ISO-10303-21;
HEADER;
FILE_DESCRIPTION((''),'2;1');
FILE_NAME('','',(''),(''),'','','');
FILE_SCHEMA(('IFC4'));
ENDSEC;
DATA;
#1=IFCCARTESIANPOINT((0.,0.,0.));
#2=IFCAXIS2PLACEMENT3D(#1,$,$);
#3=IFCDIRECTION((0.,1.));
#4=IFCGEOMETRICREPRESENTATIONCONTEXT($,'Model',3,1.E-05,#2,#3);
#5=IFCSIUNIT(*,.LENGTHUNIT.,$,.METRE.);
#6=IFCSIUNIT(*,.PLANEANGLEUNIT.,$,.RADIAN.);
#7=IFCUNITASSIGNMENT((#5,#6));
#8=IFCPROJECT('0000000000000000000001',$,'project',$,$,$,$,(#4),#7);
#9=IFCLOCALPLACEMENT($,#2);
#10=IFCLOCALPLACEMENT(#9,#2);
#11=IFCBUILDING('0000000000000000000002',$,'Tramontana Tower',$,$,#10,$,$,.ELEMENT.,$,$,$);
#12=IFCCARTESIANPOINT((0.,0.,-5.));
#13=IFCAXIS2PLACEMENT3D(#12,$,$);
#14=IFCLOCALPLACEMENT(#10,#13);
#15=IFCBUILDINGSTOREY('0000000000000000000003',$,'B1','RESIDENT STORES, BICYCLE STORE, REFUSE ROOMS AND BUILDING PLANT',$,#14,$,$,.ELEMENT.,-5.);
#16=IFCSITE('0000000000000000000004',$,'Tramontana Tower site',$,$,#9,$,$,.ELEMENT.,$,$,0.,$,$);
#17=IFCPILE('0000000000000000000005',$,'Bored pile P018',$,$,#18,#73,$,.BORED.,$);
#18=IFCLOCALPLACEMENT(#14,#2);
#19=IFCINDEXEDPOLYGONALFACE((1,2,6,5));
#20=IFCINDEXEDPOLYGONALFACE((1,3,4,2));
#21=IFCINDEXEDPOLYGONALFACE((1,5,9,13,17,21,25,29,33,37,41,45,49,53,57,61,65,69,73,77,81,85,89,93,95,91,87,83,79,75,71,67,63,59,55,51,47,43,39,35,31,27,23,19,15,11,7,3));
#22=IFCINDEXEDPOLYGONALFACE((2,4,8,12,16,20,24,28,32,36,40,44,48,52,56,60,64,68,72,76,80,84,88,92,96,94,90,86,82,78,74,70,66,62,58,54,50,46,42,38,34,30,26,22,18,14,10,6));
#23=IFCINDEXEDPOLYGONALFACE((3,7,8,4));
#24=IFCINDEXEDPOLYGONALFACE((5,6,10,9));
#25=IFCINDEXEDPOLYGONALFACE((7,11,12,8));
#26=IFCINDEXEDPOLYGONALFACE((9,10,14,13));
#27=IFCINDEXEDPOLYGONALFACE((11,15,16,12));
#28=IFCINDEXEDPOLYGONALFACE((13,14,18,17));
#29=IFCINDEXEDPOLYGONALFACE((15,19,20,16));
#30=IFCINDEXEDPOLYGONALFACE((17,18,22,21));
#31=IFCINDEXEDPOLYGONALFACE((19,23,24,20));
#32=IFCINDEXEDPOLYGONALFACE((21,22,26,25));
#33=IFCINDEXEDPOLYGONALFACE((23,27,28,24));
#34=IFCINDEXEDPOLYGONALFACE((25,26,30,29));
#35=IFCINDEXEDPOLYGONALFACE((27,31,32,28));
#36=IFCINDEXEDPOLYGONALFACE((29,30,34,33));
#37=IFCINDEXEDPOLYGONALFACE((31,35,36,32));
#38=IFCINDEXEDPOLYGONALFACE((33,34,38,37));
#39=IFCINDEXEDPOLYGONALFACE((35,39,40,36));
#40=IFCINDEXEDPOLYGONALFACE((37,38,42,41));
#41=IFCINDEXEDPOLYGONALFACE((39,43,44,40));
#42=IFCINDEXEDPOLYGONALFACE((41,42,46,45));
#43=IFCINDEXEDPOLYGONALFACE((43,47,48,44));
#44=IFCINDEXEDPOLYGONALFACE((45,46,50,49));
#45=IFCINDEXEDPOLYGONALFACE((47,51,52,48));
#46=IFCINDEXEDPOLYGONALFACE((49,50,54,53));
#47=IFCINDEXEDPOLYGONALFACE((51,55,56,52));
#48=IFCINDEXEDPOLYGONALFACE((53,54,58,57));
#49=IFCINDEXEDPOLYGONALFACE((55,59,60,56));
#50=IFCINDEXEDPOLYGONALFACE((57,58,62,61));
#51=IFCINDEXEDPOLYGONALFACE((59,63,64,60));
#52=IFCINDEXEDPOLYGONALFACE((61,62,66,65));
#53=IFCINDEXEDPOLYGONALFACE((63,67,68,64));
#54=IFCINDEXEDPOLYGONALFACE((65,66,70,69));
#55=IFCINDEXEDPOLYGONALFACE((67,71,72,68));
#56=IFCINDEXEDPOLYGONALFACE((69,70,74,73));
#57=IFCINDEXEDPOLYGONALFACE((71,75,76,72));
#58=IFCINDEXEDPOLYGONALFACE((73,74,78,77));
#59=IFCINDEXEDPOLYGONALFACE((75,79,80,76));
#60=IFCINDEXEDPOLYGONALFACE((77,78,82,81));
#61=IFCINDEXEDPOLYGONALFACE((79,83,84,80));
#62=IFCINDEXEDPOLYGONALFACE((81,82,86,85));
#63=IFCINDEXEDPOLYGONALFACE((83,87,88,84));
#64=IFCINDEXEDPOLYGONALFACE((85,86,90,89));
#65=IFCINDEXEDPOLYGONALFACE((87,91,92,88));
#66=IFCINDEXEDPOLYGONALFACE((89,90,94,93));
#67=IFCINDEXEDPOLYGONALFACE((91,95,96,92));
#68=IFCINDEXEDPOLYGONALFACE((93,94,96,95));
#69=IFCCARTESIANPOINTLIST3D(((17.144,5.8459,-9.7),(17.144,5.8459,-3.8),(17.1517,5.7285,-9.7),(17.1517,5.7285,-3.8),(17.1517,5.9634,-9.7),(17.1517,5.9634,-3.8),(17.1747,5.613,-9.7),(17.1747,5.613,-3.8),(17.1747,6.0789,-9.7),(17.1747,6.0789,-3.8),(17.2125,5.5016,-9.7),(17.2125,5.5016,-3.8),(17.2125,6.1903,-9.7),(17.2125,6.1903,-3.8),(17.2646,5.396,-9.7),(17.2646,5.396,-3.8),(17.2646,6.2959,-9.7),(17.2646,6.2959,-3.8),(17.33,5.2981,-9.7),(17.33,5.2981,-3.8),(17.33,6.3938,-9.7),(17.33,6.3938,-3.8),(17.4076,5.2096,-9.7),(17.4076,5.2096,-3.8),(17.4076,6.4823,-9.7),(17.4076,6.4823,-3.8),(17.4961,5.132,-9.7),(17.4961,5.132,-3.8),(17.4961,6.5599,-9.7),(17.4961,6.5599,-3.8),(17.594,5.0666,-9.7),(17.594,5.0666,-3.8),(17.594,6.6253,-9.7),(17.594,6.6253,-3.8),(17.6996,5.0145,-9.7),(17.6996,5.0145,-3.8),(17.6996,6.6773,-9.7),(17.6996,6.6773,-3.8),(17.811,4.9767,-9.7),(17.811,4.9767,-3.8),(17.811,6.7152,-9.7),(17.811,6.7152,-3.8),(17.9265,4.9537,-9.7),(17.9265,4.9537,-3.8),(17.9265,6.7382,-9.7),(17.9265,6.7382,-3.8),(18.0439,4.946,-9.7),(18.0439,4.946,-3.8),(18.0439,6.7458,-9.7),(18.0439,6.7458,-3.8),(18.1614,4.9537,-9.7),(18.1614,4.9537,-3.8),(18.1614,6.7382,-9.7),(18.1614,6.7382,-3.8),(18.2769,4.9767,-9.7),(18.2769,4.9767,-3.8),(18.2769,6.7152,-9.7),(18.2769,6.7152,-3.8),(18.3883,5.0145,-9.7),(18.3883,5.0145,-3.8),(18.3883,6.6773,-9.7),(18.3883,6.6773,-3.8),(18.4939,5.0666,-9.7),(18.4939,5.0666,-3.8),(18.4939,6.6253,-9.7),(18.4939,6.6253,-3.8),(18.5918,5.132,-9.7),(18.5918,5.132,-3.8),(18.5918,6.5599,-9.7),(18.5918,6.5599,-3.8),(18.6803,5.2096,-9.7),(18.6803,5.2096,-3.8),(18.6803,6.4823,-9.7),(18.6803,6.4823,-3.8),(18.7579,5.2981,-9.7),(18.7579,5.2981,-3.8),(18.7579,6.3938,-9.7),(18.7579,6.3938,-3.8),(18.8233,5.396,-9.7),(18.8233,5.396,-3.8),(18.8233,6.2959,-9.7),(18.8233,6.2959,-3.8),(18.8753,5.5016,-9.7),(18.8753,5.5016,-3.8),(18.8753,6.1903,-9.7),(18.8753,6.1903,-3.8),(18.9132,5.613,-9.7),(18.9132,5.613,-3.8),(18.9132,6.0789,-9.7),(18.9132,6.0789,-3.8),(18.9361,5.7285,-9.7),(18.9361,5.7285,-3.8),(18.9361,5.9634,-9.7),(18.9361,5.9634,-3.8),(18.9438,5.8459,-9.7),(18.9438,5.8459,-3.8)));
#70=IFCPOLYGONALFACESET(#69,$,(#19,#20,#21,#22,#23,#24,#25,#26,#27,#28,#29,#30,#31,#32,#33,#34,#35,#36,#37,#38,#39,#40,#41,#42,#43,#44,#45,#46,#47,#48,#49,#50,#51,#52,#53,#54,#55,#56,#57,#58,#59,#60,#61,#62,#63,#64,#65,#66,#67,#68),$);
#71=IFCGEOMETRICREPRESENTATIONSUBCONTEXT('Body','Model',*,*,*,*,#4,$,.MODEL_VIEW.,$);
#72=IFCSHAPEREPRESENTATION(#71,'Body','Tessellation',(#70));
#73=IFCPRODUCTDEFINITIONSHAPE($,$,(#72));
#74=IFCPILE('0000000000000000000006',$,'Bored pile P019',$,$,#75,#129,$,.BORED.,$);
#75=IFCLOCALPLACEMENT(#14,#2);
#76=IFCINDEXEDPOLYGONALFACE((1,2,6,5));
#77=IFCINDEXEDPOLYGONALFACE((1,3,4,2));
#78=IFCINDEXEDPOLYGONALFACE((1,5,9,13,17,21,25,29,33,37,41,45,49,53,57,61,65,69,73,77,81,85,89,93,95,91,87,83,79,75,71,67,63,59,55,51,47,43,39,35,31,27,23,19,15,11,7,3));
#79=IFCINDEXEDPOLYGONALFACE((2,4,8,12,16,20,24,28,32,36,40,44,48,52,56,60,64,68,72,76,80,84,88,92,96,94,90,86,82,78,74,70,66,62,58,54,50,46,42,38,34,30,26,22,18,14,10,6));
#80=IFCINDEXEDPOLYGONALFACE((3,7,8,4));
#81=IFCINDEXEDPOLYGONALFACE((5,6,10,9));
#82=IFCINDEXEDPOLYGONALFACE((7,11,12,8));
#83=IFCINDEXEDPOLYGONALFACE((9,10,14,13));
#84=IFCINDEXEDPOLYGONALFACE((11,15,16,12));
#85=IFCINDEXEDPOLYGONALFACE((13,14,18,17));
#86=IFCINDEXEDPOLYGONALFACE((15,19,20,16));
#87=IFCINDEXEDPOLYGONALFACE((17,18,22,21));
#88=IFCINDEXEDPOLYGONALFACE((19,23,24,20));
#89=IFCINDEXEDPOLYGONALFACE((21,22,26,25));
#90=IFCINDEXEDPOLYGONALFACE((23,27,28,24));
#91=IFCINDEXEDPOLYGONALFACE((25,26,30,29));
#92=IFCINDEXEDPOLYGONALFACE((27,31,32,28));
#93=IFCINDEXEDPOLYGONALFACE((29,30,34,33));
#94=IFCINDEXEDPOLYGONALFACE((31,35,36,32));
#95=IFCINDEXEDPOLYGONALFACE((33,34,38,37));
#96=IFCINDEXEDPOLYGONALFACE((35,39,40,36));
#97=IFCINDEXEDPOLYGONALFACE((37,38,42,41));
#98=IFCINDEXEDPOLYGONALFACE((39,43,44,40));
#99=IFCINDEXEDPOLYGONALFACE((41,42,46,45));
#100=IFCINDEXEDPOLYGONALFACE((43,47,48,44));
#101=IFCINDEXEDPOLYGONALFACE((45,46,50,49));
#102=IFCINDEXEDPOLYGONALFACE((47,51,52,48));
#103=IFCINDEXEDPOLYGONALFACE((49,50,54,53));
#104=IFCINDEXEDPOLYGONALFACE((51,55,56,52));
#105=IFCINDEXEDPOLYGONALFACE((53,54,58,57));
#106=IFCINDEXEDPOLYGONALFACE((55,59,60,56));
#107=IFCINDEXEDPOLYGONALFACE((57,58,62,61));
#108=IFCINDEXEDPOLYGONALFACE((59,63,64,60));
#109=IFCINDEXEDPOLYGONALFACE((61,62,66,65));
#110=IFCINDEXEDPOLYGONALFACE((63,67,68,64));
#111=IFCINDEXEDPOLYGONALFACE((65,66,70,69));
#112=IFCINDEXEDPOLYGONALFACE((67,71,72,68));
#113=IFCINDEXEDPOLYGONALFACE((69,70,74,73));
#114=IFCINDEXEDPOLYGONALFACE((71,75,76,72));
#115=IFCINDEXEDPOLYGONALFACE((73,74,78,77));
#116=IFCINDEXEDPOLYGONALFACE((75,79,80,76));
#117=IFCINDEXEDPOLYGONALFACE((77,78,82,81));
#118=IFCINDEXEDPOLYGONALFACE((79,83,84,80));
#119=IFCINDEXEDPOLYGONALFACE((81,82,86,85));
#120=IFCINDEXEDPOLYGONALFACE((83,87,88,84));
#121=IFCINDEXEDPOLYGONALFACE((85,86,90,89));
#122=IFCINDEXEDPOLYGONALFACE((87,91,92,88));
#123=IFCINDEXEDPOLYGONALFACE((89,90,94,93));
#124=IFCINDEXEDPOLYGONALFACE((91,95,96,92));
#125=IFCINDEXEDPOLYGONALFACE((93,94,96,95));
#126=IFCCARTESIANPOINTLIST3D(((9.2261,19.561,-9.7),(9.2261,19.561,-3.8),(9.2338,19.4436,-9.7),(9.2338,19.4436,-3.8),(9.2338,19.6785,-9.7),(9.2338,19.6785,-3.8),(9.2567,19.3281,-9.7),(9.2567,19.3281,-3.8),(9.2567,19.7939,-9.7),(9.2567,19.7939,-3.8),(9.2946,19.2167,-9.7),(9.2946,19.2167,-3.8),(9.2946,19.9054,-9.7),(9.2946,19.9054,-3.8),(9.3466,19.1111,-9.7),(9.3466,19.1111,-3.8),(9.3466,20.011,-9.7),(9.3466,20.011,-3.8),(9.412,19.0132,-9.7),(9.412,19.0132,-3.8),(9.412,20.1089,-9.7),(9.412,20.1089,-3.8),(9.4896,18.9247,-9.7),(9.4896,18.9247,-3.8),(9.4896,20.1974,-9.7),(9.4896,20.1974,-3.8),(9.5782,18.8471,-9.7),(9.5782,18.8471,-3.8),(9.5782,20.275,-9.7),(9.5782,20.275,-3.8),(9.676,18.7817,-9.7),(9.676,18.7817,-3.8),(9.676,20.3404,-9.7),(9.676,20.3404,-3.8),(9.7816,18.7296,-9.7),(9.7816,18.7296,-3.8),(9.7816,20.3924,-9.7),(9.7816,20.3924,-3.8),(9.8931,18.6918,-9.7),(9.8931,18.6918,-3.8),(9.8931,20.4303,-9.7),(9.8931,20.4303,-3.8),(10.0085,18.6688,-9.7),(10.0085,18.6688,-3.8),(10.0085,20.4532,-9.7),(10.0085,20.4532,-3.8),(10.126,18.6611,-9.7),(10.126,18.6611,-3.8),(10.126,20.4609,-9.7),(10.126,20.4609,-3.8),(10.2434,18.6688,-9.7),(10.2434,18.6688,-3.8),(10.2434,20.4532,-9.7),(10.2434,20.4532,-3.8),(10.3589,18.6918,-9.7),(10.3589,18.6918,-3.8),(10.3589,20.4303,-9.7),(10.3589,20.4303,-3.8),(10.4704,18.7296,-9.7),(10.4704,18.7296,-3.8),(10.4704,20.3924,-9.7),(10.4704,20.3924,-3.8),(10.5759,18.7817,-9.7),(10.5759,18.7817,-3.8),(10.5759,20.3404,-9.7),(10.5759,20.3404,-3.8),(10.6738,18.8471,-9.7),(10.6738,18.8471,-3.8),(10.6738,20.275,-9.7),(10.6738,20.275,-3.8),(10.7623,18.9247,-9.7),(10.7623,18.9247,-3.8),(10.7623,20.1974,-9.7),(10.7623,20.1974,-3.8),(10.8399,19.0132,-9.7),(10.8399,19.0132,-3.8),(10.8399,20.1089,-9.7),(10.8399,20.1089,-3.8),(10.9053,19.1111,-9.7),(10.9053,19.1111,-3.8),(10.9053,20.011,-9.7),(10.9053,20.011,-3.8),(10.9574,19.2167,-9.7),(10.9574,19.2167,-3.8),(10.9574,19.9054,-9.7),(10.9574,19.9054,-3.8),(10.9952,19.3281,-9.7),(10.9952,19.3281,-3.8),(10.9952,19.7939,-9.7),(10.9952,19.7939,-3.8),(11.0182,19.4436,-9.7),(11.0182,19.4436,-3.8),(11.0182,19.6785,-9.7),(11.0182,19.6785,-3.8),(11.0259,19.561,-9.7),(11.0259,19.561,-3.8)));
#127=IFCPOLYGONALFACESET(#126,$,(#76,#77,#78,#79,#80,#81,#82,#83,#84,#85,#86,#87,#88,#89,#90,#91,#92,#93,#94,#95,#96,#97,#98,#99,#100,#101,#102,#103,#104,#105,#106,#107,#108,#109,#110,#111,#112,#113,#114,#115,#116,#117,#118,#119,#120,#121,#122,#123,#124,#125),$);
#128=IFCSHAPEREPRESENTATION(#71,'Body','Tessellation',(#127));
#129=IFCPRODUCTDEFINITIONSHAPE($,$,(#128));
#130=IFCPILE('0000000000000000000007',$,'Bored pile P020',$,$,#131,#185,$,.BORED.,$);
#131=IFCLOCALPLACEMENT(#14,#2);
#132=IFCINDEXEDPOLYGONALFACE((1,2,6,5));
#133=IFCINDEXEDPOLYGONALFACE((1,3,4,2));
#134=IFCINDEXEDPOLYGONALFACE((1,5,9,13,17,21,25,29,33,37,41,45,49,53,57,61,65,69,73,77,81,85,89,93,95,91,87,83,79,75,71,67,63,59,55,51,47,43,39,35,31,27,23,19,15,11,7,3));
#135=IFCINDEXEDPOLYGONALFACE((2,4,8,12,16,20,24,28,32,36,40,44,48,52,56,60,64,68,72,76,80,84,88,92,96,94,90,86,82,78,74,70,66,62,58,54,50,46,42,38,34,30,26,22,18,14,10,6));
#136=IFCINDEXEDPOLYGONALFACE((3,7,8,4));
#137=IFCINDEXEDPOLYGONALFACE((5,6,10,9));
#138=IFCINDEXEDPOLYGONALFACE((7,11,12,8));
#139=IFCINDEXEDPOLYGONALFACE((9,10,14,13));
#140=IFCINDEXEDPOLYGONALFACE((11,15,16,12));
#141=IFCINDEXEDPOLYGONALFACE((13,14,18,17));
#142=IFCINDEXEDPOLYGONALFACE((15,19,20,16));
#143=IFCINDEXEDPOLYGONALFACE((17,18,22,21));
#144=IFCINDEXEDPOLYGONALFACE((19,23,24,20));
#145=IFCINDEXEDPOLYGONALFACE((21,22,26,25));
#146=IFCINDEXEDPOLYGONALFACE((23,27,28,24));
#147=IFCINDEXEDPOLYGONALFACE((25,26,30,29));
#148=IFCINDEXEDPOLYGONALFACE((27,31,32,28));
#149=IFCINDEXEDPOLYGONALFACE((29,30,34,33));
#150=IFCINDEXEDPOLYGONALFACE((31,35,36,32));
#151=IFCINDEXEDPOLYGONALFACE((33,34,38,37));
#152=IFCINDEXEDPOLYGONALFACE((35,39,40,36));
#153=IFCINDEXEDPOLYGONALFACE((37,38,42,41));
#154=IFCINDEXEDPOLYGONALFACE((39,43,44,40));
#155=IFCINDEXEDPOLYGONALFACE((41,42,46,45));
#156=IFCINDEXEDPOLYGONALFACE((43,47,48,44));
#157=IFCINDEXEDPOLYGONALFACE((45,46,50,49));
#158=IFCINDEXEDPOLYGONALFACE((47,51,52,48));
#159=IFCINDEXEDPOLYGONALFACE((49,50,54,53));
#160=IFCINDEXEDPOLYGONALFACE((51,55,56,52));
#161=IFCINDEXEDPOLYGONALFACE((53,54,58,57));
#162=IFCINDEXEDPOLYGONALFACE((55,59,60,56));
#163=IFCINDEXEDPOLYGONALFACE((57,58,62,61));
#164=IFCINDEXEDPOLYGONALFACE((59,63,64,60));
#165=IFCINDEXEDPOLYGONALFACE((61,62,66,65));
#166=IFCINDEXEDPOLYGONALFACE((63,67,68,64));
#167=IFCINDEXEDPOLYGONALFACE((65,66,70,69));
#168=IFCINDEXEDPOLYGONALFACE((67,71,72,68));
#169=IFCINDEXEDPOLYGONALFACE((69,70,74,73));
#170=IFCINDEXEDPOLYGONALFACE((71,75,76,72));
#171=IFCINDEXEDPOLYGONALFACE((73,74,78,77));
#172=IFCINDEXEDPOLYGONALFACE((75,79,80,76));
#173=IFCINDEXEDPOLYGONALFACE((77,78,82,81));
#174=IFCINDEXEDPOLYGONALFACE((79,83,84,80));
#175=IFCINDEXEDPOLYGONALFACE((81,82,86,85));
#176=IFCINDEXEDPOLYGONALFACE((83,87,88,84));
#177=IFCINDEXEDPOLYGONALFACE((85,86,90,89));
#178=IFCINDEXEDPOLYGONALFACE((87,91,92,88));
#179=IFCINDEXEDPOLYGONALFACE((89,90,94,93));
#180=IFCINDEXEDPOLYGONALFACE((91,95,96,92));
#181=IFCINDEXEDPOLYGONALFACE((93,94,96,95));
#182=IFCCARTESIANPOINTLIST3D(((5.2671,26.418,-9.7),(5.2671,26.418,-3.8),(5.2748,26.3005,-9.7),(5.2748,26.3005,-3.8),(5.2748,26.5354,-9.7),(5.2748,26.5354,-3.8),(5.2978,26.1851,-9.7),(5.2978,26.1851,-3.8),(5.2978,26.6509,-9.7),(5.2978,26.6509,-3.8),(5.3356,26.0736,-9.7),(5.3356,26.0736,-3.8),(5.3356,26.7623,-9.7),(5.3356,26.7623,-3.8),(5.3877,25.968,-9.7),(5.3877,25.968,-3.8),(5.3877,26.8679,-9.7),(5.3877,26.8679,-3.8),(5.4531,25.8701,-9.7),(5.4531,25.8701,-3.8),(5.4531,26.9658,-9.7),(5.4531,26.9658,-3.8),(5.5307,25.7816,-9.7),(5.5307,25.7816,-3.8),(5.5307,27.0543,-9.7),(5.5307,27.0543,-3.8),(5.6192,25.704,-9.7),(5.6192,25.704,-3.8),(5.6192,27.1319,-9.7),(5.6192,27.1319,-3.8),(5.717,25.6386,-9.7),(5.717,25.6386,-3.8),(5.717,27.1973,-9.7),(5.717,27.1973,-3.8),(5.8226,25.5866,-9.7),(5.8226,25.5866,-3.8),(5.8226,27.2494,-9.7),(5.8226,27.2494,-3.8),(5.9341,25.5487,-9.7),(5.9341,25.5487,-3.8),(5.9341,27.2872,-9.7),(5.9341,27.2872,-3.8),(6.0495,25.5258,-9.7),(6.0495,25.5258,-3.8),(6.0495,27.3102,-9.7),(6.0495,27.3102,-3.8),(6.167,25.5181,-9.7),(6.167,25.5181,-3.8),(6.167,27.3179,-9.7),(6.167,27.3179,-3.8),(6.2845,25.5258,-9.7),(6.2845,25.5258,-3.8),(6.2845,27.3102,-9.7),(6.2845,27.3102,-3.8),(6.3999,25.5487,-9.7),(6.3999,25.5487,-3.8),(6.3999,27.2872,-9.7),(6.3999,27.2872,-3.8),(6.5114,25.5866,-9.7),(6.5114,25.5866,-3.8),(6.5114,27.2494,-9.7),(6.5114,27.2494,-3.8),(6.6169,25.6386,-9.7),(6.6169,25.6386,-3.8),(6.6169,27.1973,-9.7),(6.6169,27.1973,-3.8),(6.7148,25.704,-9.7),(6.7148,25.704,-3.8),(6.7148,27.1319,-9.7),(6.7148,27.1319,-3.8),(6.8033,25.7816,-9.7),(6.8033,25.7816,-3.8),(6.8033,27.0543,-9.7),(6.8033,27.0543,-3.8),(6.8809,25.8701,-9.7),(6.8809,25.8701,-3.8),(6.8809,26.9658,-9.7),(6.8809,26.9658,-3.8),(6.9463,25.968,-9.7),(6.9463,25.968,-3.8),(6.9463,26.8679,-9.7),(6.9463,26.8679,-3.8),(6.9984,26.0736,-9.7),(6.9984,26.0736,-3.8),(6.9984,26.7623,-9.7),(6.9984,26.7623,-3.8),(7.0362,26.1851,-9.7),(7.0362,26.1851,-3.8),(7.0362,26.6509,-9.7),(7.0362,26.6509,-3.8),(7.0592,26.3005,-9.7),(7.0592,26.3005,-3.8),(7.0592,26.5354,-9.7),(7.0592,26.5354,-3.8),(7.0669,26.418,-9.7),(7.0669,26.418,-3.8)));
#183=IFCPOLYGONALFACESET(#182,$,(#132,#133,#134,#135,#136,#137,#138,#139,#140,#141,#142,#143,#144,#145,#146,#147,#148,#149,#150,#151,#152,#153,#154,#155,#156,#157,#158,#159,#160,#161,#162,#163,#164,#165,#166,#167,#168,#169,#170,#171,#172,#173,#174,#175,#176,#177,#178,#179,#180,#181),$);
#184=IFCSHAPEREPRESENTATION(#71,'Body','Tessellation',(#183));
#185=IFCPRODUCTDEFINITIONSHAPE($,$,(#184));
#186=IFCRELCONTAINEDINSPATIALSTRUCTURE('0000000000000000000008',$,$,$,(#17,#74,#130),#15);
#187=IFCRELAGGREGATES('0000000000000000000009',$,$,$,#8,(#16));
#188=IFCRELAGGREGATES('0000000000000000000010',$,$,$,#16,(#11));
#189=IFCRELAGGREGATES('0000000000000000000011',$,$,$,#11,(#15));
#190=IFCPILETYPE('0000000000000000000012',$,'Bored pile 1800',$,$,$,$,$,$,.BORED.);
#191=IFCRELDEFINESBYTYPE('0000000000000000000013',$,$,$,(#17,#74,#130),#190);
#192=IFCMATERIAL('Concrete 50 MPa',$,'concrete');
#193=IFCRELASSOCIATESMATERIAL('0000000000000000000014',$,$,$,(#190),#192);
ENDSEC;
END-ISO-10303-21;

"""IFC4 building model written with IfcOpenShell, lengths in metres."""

from ifc_helpers import new_model, si_unit, direction, frame, origin, origin_2d, place, context, subcontext, project, spatial, circle, extrude, material, material_profile, profile_set, type_object, element, save


model = new_model("IFC4")

# Units and contexts
model_context = context("Model", 3, precision=1e-05, world=origin(), true_north=direction((0.0, 1.0)))
body_context = subcontext(model_context, "Body", "Model", "MODEL_VIEW")
ifc_project = project(units=[si_unit("LENGTHUNIT", "METRE"), si_unit("PLANEANGLEUNIT", "RADIAN")], contexts=[model_context])

# Site, building, storey
site_placement = place(None, origin())
site = spatial("IfcSite", under=ifc_project, at=site_placement, Name="Tramontana Tower site", CompositionType="ELEMENT", RefElevation=0.0)
building_placement = place(site_placement, origin())
building = spatial("IfcBuilding", under=site, at=building_placement, Name="Tramontana Tower", CompositionType="ELEMENT")
storey_placement = place(building_placement, frame((0.0, 0.0, -5.0)))
storey = spatial("IfcBuildingStorey", under=building, at=storey_placement, Name="B1", Description="RESIDENT STORES, BICYCLE STORE, REFUSE ROOMS AND BUILDING PLANT", CompositionType="ELEMENT", Elevation=-5.0)

# Piles
ifc_material_1 = material(Name="Concrete 50 MPa", Category="concrete")
ifc_material_profile_1 = material_profile(ifc_material_1, circle(Radius=0.8999, at=origin_2d()), Name="Bored pile 1800")
ifc_profile_set_1 = profile_set([ifc_material_profile_1], Name="Concrete 50 MPa")
pile_type = type_object("IfcPileType", Name="Bored pile 1800", PredefinedType="BORED", material=ifc_profile_set_1)
for number, where, z_axis, x_axis, name in (
    (1, (18.0439, 5.8459, -3.8), (0.0, 0.0, -1.0), (1.0, 0.0, 0.0), "Bored pile P018"),
    (2, (10.126, 19.561, -3.8), (0.0, 0.0, -1.0), (1.0, 0.0, 0.0), "Bored pile P019"),
    (3, (6.167, 26.418, -3.8), (0.0, 0.0, -1.0), (1.0, 0.0, 0.0), "Bored pile P020"),
):
    element("IfcPile", number, at=place(storey_placement, frame(where, z_axis=z_axis, x_axis=x_axis)), inside=storey, type_object=pile_type, Name=name, PredefinedType="BORED", context=body_context, shape_type="SweptSolid", body=[
        extrude(circle(Radius=0.8999, at=origin_2d()), origin(), (0.0, 0.0, 1.0), 5.8999),
    ])

save(model, "model.ifc")
